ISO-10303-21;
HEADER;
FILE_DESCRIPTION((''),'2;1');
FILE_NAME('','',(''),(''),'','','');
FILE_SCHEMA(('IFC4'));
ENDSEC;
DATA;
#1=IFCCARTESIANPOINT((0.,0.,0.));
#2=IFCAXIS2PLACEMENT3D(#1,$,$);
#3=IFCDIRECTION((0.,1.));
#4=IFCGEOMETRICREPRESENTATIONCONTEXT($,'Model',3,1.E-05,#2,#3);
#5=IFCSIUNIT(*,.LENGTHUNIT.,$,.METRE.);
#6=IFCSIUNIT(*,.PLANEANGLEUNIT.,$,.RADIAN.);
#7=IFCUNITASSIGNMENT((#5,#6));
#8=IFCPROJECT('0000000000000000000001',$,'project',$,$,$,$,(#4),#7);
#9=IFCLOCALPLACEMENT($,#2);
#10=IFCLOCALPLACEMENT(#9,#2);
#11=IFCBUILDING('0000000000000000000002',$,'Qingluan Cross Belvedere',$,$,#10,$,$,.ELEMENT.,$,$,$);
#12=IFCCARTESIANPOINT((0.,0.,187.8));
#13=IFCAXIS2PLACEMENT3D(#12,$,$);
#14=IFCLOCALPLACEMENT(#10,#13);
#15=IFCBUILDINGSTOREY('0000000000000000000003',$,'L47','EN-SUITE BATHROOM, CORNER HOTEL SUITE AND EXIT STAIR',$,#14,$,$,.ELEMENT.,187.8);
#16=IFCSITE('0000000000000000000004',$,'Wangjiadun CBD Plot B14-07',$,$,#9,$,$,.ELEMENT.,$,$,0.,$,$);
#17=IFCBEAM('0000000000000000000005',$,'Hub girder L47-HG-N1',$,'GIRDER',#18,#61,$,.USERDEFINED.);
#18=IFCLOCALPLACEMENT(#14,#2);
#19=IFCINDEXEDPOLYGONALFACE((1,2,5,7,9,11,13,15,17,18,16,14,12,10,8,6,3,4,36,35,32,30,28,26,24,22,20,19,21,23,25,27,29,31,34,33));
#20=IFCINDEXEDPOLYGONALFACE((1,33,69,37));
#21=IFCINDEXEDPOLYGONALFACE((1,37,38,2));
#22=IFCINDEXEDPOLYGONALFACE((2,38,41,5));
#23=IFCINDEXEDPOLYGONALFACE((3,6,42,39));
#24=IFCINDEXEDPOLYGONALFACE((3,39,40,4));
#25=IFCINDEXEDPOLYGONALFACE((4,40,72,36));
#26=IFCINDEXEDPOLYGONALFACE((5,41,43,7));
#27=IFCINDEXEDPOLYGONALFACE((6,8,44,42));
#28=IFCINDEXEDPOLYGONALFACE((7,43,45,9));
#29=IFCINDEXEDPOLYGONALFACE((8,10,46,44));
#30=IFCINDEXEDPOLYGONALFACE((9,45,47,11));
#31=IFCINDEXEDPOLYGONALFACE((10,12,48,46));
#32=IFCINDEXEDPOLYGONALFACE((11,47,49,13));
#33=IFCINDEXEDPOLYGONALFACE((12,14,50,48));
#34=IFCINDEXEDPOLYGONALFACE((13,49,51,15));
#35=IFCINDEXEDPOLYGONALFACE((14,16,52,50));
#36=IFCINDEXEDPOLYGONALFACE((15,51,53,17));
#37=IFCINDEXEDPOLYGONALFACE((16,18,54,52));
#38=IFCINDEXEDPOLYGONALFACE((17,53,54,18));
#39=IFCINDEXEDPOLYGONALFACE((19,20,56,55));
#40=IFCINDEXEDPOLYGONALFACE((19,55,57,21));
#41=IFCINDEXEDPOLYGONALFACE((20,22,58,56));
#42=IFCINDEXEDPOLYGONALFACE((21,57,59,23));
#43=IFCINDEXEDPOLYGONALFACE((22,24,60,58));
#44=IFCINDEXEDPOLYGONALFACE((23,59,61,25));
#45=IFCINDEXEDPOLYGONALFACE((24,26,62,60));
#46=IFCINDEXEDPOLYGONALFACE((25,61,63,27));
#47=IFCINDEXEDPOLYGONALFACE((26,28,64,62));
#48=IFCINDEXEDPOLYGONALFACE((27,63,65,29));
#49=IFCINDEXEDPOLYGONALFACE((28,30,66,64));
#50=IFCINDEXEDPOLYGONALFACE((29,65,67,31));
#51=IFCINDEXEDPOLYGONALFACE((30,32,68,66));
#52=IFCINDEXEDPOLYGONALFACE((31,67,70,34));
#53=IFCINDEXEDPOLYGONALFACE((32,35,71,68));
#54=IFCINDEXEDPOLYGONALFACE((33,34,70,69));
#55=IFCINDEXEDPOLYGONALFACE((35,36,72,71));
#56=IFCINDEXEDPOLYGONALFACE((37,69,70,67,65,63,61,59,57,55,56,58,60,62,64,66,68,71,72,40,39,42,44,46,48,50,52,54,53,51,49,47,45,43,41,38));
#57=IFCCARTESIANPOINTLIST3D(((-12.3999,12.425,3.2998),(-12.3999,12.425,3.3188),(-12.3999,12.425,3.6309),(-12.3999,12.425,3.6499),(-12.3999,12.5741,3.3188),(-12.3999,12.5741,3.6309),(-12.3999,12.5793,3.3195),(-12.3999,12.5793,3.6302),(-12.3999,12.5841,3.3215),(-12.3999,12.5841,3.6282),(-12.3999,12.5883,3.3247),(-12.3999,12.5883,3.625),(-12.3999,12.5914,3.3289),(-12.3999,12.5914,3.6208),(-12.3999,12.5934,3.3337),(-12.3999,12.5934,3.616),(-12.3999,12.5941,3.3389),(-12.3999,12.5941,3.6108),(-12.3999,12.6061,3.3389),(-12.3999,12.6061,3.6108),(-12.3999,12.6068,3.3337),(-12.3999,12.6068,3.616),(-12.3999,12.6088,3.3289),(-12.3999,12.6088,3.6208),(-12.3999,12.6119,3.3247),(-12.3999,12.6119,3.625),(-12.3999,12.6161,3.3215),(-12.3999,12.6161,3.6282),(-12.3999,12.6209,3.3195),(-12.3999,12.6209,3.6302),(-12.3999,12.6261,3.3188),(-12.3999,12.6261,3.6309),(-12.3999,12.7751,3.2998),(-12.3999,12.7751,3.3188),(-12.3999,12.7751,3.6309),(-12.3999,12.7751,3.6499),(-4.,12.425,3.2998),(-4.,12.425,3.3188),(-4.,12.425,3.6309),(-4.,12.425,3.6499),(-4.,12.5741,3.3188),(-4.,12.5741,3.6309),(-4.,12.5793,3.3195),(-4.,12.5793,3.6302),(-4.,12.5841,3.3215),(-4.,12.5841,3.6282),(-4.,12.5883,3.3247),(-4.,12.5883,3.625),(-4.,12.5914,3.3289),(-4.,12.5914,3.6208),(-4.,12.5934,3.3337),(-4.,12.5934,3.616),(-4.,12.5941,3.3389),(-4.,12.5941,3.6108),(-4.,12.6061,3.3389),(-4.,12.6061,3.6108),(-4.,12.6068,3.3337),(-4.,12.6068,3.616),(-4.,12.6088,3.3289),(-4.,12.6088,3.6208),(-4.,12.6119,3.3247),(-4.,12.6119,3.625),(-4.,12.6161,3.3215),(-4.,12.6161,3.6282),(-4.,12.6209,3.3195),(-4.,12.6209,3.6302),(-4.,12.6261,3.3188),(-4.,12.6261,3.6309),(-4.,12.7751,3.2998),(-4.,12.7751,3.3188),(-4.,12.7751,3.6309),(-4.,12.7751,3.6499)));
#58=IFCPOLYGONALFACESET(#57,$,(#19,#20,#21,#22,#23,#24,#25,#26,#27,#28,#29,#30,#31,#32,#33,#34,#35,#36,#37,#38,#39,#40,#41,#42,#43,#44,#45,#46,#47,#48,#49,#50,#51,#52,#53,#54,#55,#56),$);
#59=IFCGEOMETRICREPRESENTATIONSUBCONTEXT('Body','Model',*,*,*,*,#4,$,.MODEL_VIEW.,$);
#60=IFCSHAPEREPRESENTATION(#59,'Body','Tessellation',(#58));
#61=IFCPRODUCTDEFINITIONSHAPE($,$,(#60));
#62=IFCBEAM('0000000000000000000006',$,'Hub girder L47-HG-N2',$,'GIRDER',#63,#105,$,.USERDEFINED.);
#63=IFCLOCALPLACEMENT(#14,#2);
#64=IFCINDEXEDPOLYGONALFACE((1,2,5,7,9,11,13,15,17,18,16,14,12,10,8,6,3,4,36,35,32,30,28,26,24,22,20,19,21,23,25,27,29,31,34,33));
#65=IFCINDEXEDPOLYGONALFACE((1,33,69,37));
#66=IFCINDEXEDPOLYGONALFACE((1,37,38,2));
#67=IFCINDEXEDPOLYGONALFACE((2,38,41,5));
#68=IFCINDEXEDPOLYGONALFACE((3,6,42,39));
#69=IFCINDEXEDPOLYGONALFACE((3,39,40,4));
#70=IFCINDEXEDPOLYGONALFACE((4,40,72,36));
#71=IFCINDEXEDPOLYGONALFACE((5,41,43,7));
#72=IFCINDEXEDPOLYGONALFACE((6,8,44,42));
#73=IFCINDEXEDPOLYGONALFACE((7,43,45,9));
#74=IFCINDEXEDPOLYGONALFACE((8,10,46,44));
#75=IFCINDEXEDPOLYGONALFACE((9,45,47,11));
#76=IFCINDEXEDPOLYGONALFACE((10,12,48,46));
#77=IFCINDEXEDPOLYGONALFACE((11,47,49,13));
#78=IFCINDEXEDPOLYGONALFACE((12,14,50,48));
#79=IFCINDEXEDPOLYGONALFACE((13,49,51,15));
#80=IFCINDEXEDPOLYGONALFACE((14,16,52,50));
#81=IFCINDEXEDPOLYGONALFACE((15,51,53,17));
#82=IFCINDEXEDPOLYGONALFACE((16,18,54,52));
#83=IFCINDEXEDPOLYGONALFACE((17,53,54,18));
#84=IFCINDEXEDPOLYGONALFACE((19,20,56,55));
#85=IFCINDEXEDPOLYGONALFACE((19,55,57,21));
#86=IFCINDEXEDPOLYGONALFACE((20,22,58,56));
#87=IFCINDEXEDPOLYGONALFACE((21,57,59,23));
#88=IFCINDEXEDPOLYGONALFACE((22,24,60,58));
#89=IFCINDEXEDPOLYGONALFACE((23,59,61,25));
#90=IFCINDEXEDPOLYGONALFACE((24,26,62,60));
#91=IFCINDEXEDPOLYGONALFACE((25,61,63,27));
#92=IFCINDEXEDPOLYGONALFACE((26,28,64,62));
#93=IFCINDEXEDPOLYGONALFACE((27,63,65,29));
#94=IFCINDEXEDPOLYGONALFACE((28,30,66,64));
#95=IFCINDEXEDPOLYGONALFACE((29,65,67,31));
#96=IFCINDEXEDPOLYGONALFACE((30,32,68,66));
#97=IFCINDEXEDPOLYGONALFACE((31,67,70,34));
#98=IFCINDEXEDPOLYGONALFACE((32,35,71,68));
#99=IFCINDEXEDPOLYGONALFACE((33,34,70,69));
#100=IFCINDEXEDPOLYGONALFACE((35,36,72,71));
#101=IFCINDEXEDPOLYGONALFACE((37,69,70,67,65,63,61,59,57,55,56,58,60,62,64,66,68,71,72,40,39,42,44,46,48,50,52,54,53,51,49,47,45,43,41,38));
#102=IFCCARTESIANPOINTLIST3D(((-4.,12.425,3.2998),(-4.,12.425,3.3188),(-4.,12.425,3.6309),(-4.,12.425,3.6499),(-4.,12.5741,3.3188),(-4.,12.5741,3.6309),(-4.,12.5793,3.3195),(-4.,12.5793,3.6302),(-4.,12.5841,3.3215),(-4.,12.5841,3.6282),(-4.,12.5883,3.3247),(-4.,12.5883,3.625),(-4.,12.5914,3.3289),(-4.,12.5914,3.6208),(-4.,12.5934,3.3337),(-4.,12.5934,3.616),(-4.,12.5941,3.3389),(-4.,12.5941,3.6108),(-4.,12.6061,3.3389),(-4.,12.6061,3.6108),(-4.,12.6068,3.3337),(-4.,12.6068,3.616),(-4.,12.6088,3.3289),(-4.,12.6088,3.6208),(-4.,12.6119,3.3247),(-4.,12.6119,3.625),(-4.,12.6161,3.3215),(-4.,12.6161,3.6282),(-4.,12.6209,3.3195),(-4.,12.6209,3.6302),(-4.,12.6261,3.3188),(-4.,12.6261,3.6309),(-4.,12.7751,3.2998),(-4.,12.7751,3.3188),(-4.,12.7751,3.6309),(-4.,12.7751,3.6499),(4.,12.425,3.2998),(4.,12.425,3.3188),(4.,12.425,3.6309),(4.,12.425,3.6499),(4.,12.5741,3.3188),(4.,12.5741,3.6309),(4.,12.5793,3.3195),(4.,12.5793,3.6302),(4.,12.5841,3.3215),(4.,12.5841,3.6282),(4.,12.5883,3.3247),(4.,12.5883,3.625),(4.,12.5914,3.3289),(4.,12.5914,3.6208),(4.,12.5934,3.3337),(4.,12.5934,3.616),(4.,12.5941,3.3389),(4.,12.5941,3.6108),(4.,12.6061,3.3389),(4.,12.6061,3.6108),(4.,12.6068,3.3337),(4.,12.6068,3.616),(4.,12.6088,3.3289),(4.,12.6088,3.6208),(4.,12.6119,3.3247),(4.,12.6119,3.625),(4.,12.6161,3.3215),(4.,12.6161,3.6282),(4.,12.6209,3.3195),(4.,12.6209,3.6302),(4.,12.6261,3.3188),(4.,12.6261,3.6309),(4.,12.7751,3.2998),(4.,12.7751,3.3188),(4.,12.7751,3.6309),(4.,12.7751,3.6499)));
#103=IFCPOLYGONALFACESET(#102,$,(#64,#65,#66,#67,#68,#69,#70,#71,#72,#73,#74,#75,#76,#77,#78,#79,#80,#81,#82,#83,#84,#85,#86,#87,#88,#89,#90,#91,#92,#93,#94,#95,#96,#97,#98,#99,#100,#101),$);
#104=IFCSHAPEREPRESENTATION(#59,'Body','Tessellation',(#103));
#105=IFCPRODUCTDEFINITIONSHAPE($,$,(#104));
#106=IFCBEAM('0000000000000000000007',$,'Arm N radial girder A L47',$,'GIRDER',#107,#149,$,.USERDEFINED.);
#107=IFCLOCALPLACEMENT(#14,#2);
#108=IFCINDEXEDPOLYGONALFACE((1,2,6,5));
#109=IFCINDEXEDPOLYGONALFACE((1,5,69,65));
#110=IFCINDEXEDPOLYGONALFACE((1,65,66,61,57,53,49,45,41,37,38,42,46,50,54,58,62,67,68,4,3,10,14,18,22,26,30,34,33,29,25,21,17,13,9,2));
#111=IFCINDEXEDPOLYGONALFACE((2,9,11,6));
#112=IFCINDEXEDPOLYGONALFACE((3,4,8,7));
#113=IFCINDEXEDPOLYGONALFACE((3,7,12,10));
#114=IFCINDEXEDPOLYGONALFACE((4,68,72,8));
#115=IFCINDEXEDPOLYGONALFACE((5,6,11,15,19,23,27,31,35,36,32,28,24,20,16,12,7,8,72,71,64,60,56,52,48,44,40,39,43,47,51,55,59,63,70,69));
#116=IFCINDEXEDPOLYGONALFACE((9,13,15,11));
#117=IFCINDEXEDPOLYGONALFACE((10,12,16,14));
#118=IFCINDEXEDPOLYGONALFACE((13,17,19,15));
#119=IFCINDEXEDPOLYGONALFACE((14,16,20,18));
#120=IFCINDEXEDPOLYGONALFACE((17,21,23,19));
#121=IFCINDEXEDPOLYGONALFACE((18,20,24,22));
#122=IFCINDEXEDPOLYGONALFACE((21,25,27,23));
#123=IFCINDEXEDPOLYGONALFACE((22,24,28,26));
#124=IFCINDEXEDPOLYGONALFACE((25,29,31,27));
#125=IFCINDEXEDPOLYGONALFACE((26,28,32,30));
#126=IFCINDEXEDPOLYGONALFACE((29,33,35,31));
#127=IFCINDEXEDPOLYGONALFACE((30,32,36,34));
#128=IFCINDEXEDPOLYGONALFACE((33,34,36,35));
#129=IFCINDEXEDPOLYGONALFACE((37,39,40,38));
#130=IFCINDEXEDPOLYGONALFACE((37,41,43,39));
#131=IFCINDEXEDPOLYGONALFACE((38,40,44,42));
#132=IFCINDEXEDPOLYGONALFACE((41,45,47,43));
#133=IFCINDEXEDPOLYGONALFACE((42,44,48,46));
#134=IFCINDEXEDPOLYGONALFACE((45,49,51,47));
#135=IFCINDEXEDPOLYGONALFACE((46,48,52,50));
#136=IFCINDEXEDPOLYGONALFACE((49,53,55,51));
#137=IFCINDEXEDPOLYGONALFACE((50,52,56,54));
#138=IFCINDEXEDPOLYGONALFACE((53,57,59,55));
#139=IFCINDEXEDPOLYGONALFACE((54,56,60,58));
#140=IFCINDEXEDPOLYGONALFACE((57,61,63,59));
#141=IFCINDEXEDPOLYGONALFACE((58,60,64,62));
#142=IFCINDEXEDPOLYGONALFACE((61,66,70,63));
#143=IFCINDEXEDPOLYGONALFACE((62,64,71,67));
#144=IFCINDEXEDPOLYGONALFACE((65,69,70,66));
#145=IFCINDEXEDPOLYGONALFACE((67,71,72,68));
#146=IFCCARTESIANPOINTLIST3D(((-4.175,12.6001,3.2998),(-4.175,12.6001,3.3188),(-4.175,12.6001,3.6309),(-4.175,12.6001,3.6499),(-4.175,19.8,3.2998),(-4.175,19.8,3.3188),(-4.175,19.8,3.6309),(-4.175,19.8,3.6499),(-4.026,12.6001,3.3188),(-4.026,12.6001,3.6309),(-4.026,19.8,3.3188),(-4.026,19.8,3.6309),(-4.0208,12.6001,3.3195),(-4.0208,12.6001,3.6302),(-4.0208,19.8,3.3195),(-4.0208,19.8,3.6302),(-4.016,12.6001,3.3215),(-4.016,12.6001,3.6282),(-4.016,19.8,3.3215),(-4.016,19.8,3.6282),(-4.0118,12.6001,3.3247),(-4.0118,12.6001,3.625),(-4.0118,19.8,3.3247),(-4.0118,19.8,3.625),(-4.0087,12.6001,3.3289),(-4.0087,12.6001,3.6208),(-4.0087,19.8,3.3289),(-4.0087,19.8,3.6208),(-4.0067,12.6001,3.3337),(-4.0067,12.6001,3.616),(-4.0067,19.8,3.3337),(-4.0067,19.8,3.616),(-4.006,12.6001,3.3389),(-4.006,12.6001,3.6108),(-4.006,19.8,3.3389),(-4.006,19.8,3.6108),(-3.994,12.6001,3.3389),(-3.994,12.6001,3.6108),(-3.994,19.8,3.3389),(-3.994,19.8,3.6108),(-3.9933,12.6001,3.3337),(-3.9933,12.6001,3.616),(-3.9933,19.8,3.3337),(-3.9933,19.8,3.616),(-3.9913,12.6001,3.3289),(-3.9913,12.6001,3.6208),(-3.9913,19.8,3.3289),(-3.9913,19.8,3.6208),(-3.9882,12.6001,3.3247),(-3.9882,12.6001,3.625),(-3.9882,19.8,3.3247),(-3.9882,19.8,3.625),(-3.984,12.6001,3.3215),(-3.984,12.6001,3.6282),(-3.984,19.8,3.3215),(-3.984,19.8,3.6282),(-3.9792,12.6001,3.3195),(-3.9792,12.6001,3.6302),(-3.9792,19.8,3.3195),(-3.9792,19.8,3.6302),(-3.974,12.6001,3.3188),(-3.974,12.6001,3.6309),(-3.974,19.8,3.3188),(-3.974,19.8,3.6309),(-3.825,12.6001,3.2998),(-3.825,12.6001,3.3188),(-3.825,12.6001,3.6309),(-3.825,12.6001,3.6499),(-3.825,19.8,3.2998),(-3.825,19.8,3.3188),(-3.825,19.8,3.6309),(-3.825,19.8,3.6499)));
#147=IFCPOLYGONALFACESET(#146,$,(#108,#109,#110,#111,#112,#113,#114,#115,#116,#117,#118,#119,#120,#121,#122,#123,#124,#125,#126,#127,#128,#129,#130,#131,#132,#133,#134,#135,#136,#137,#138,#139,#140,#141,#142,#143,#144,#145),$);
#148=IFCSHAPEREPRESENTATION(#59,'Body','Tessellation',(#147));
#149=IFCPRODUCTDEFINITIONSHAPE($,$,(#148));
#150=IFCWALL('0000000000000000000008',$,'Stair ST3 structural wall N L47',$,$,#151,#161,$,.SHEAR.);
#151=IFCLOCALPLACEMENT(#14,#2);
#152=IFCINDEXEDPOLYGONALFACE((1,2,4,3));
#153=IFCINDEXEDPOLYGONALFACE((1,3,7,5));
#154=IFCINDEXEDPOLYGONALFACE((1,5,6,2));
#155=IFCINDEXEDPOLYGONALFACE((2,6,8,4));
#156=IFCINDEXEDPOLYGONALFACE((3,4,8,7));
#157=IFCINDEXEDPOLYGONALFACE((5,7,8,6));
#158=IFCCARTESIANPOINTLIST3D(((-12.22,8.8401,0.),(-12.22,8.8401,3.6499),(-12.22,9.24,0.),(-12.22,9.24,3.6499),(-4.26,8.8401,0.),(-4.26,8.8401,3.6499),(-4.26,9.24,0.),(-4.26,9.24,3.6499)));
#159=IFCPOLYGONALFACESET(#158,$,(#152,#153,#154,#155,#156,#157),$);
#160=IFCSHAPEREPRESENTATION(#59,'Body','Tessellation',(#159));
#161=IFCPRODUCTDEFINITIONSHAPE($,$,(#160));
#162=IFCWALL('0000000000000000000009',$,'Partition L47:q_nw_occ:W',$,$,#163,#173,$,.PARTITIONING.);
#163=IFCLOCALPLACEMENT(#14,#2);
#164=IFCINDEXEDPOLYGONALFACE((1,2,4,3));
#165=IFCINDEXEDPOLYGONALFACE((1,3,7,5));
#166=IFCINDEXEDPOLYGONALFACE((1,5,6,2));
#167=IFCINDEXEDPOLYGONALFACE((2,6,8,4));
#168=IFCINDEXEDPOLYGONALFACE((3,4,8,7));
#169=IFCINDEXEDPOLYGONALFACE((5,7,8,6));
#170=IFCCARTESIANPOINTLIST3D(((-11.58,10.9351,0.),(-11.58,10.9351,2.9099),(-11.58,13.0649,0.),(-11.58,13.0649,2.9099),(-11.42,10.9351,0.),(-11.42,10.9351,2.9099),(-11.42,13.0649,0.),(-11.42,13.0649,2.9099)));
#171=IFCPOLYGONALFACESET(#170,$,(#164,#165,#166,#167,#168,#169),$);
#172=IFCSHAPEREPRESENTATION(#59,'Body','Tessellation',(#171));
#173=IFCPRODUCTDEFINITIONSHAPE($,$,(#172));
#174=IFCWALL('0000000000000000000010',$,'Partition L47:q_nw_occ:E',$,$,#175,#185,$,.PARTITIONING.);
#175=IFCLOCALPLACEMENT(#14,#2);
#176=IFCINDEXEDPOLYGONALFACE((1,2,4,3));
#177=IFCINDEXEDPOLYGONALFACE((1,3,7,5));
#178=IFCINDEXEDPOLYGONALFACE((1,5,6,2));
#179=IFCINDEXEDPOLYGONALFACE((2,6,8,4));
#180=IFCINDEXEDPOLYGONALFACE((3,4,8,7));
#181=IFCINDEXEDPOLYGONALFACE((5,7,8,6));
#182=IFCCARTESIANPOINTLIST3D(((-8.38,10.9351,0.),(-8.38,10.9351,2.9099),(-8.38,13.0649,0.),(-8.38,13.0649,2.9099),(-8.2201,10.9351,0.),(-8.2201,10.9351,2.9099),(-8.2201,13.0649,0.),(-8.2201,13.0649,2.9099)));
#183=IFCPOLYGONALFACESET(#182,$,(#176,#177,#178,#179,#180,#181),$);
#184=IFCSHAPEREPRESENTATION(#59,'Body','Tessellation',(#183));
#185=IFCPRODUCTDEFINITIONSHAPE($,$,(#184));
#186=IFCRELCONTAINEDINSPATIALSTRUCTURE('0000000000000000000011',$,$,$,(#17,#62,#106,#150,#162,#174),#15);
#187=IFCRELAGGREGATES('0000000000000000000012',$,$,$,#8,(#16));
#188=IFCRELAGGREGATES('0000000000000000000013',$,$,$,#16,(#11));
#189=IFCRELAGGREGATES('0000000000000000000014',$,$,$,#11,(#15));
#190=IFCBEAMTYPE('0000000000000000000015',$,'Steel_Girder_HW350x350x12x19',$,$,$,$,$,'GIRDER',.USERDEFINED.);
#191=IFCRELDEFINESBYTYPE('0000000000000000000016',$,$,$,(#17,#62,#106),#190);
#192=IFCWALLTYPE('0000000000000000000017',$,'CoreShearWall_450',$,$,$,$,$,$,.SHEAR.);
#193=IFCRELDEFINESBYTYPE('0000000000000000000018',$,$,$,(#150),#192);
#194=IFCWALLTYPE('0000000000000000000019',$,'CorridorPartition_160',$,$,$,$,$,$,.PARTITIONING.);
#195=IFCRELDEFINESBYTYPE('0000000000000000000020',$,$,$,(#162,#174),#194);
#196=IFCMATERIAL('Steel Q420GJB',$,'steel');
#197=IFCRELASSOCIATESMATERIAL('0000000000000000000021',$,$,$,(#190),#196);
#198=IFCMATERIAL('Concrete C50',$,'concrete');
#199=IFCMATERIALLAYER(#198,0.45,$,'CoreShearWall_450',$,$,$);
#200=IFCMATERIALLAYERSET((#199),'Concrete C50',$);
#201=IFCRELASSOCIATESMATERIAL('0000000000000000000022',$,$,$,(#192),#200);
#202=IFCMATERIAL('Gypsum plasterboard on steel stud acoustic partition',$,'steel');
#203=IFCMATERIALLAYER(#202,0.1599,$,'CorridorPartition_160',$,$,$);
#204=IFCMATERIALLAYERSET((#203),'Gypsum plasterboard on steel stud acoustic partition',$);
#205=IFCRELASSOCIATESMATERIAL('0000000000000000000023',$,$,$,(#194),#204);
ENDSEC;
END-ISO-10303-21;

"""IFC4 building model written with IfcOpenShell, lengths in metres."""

from ifc_helpers import new_model, si_unit, direction, frame, frame_2d, origin, origin_2d, place, context, subcontext, project, spatial, rectangle, i_section, extrude, material, layer, layer_set, material_profile, profile_set, type_object, element, save


model = new_model("IFC4")

# Units and contexts
model_context = context("Model", 3, precision=1e-05, world=origin(), true_north=direction((0.0, 1.0)))
body_context = subcontext(model_context, "Body", "Model", "MODEL_VIEW")
ifc_project = project(units=[si_unit("LENGTHUNIT", "METRE"), si_unit("PLANEANGLEUNIT", "RADIAN")], contexts=[model_context])

# Site, building, storey
site_placement = place(None, origin())
site = spatial("IfcSite", under=ifc_project, at=site_placement, Name="Wangjiadun CBD Plot B14-07", CompositionType="ELEMENT", RefElevation=0.0)
building_placement = place(site_placement, origin())
building = spatial("IfcBuilding", under=site, at=building_placement, Name="Qingluan Cross Belvedere", CompositionType="ELEMENT")
storey_placement = place(building_placement, frame((0.0, 0.0, 187.8)))
storey = spatial("IfcBuildingStorey", under=building, at=storey_placement, Name="L47", Description="EN-SUITE BATHROOM, CORNER HOTEL SUITE AND EXIT STAIR", CompositionType="ELEMENT", Elevation=187.8)

# Beams
ifc_material_1 = material(Name="Steel Q420GJB", Category="steel")
ifc_material_profile_1 = material_profile(ifc_material_1, i_section(OverallWidth=0.3501, OverallDepth=0.3501, WebThickness=0.012, FlangeThickness=0.019, FilletRadius=0.02, at=origin_2d()), Name="HW350x350x12x19")
ifc_profile_set_1 = profile_set([ifc_material_profile_1], Name="Steel Q420GJB")
beam_type_1 = type_object("IfcBeamType", Name="Steel_Girder_HW350x350x12x19", ElementType="GIRDER", PredefinedType="USERDEFINED", material=ifc_profile_set_1)
beam_1_placement = place(storey_placement, frame((-12.3999, 12.6001, 3.4749), z_axis=(1.0, 0.0, 0.0), x_axis=(0.0, 1.0, 0.0)))
element("IfcBeam", 1, at=beam_1_placement, inside=storey, type_object=beam_type_1, Name="Hub girder L47-HG-N1", ObjectType="GIRDER", PredefinedType="USERDEFINED", context=body_context, shape_type="SweptSolid", body=[
    extrude(i_section(OverallWidth=0.3501, OverallDepth=0.3501, WebThickness=0.012, FlangeThickness=0.019, FilletRadius=0.02, at=origin_2d()), origin(), (0.0, 0.0, 1.0), 8.3999),
])
beam_2_placement = place(storey_placement, frame((-4.0, 12.6001, 3.4749), z_axis=(1.0, 0.0, 0.0), x_axis=(0.0, 1.0, 0.0)))
element("IfcBeam", 2, at=beam_2_placement, inside=storey, type_object=beam_type_1, Name="Hub girder L47-HG-N2", ObjectType="GIRDER", PredefinedType="USERDEFINED", context=body_context, shape_type="SweptSolid", body=[
    extrude(i_section(OverallWidth=0.3501, OverallDepth=0.3501, WebThickness=0.012, FlangeThickness=0.019, FilletRadius=0.02, at=origin_2d()), origin(), (0.0, 0.0, 1.0), 8.0),
])
beam_3_placement = place(storey_placement, frame((-4.0, 12.6001, 3.4749), z_axis=(0.0, 1.0, 0.0), x_axis=(-1.0, 0.0, 0.0)))
element("IfcBeam", 3, at=beam_3_placement, inside=storey, type_object=beam_type_1, Name="Arm N radial girder A L47", ObjectType="GIRDER", PredefinedType="USERDEFINED", context=body_context, shape_type="SweptSolid", body=[
    extrude(i_section(OverallWidth=0.3501, OverallDepth=0.3501, WebThickness=0.012, FlangeThickness=0.019, FilletRadius=0.02, at=origin_2d()), origin(), (0.0, 0.0, 1.0), 7.2),
])

# Wall
ifc_material_2 = material(Name="Concrete C50", Category="concrete")
ifc_layer_1 = layer(ifc_material_2, 0.45, Name="CoreShearWall_450")
ifc_layer_set_1 = layer_set([ifc_layer_1], Name="Concrete C50")
wall_type_1 = type_object("IfcWallType", Name="CoreShearWall_450", PredefinedType="SHEAR", material=ifc_layer_set_1)
wall_1_placement = place(storey_placement, frame((-12.22, 9.04, 0.0), z_axis=(0.0, 0.0, 1.0), x_axis=(1.0, 0.0, 0.0)))
element("IfcWall", 4, at=wall_1_placement, inside=storey, type_object=wall_type_1, Name="Stair ST3 structural wall N L47", PredefinedType="SHEAR", context=body_context, shape_type="SweptSolid", body=[
    extrude(rectangle(XDim=7.96, YDim=0.3999, at=frame_2d((3.98, 0.0))), origin(), (0.0, 0.0, 1.0), 3.6499),
])

# Shared definitions
ifc_material_3 = material(Name="Gypsum plasterboard on steel stud acoustic partition", Category="steel")
ifc_layer_2 = layer(ifc_material_3, 0.1599, Name="CorridorPartition_160")
ifc_layer_set_2 = layer_set([ifc_layer_2], Name="Gypsum plasterboard on steel stud acoustic partition")
wall_type_2 = type_object("IfcWallType", Name="CorridorPartition_160", PredefinedType="PARTITIONING", material=ifc_layer_set_2)

# Walls
for number, where, z_axis, x_axis, name in (
    (5, (-11.5, 10.9351, 0.0), (0.0, 0.0, 1.0), (0.0, 1.0, 0.0), "Partition L47:q_nw_occ:W"),
    (6, (-8.3, 10.9351, 0.0), (0.0, 0.0, 1.0), (0.0, 1.0, 0.0), "Partition L47:q_nw_occ:E"),
):
    element("IfcWall", number, at=place(storey_placement, frame(where, z_axis=z_axis, x_axis=x_axis)), inside=storey, type_object=wall_type_2, Name=name, PredefinedType="PARTITIONING", context=body_context, shape_type="SweptSolid", body=[
        extrude(rectangle(XDim=2.1299, YDim=0.1599, at=frame_2d((1.0649, 0.0))), origin(), (0.0, 0.0, 1.0), 2.9099),
    ])

save(model, "model.ifc")
